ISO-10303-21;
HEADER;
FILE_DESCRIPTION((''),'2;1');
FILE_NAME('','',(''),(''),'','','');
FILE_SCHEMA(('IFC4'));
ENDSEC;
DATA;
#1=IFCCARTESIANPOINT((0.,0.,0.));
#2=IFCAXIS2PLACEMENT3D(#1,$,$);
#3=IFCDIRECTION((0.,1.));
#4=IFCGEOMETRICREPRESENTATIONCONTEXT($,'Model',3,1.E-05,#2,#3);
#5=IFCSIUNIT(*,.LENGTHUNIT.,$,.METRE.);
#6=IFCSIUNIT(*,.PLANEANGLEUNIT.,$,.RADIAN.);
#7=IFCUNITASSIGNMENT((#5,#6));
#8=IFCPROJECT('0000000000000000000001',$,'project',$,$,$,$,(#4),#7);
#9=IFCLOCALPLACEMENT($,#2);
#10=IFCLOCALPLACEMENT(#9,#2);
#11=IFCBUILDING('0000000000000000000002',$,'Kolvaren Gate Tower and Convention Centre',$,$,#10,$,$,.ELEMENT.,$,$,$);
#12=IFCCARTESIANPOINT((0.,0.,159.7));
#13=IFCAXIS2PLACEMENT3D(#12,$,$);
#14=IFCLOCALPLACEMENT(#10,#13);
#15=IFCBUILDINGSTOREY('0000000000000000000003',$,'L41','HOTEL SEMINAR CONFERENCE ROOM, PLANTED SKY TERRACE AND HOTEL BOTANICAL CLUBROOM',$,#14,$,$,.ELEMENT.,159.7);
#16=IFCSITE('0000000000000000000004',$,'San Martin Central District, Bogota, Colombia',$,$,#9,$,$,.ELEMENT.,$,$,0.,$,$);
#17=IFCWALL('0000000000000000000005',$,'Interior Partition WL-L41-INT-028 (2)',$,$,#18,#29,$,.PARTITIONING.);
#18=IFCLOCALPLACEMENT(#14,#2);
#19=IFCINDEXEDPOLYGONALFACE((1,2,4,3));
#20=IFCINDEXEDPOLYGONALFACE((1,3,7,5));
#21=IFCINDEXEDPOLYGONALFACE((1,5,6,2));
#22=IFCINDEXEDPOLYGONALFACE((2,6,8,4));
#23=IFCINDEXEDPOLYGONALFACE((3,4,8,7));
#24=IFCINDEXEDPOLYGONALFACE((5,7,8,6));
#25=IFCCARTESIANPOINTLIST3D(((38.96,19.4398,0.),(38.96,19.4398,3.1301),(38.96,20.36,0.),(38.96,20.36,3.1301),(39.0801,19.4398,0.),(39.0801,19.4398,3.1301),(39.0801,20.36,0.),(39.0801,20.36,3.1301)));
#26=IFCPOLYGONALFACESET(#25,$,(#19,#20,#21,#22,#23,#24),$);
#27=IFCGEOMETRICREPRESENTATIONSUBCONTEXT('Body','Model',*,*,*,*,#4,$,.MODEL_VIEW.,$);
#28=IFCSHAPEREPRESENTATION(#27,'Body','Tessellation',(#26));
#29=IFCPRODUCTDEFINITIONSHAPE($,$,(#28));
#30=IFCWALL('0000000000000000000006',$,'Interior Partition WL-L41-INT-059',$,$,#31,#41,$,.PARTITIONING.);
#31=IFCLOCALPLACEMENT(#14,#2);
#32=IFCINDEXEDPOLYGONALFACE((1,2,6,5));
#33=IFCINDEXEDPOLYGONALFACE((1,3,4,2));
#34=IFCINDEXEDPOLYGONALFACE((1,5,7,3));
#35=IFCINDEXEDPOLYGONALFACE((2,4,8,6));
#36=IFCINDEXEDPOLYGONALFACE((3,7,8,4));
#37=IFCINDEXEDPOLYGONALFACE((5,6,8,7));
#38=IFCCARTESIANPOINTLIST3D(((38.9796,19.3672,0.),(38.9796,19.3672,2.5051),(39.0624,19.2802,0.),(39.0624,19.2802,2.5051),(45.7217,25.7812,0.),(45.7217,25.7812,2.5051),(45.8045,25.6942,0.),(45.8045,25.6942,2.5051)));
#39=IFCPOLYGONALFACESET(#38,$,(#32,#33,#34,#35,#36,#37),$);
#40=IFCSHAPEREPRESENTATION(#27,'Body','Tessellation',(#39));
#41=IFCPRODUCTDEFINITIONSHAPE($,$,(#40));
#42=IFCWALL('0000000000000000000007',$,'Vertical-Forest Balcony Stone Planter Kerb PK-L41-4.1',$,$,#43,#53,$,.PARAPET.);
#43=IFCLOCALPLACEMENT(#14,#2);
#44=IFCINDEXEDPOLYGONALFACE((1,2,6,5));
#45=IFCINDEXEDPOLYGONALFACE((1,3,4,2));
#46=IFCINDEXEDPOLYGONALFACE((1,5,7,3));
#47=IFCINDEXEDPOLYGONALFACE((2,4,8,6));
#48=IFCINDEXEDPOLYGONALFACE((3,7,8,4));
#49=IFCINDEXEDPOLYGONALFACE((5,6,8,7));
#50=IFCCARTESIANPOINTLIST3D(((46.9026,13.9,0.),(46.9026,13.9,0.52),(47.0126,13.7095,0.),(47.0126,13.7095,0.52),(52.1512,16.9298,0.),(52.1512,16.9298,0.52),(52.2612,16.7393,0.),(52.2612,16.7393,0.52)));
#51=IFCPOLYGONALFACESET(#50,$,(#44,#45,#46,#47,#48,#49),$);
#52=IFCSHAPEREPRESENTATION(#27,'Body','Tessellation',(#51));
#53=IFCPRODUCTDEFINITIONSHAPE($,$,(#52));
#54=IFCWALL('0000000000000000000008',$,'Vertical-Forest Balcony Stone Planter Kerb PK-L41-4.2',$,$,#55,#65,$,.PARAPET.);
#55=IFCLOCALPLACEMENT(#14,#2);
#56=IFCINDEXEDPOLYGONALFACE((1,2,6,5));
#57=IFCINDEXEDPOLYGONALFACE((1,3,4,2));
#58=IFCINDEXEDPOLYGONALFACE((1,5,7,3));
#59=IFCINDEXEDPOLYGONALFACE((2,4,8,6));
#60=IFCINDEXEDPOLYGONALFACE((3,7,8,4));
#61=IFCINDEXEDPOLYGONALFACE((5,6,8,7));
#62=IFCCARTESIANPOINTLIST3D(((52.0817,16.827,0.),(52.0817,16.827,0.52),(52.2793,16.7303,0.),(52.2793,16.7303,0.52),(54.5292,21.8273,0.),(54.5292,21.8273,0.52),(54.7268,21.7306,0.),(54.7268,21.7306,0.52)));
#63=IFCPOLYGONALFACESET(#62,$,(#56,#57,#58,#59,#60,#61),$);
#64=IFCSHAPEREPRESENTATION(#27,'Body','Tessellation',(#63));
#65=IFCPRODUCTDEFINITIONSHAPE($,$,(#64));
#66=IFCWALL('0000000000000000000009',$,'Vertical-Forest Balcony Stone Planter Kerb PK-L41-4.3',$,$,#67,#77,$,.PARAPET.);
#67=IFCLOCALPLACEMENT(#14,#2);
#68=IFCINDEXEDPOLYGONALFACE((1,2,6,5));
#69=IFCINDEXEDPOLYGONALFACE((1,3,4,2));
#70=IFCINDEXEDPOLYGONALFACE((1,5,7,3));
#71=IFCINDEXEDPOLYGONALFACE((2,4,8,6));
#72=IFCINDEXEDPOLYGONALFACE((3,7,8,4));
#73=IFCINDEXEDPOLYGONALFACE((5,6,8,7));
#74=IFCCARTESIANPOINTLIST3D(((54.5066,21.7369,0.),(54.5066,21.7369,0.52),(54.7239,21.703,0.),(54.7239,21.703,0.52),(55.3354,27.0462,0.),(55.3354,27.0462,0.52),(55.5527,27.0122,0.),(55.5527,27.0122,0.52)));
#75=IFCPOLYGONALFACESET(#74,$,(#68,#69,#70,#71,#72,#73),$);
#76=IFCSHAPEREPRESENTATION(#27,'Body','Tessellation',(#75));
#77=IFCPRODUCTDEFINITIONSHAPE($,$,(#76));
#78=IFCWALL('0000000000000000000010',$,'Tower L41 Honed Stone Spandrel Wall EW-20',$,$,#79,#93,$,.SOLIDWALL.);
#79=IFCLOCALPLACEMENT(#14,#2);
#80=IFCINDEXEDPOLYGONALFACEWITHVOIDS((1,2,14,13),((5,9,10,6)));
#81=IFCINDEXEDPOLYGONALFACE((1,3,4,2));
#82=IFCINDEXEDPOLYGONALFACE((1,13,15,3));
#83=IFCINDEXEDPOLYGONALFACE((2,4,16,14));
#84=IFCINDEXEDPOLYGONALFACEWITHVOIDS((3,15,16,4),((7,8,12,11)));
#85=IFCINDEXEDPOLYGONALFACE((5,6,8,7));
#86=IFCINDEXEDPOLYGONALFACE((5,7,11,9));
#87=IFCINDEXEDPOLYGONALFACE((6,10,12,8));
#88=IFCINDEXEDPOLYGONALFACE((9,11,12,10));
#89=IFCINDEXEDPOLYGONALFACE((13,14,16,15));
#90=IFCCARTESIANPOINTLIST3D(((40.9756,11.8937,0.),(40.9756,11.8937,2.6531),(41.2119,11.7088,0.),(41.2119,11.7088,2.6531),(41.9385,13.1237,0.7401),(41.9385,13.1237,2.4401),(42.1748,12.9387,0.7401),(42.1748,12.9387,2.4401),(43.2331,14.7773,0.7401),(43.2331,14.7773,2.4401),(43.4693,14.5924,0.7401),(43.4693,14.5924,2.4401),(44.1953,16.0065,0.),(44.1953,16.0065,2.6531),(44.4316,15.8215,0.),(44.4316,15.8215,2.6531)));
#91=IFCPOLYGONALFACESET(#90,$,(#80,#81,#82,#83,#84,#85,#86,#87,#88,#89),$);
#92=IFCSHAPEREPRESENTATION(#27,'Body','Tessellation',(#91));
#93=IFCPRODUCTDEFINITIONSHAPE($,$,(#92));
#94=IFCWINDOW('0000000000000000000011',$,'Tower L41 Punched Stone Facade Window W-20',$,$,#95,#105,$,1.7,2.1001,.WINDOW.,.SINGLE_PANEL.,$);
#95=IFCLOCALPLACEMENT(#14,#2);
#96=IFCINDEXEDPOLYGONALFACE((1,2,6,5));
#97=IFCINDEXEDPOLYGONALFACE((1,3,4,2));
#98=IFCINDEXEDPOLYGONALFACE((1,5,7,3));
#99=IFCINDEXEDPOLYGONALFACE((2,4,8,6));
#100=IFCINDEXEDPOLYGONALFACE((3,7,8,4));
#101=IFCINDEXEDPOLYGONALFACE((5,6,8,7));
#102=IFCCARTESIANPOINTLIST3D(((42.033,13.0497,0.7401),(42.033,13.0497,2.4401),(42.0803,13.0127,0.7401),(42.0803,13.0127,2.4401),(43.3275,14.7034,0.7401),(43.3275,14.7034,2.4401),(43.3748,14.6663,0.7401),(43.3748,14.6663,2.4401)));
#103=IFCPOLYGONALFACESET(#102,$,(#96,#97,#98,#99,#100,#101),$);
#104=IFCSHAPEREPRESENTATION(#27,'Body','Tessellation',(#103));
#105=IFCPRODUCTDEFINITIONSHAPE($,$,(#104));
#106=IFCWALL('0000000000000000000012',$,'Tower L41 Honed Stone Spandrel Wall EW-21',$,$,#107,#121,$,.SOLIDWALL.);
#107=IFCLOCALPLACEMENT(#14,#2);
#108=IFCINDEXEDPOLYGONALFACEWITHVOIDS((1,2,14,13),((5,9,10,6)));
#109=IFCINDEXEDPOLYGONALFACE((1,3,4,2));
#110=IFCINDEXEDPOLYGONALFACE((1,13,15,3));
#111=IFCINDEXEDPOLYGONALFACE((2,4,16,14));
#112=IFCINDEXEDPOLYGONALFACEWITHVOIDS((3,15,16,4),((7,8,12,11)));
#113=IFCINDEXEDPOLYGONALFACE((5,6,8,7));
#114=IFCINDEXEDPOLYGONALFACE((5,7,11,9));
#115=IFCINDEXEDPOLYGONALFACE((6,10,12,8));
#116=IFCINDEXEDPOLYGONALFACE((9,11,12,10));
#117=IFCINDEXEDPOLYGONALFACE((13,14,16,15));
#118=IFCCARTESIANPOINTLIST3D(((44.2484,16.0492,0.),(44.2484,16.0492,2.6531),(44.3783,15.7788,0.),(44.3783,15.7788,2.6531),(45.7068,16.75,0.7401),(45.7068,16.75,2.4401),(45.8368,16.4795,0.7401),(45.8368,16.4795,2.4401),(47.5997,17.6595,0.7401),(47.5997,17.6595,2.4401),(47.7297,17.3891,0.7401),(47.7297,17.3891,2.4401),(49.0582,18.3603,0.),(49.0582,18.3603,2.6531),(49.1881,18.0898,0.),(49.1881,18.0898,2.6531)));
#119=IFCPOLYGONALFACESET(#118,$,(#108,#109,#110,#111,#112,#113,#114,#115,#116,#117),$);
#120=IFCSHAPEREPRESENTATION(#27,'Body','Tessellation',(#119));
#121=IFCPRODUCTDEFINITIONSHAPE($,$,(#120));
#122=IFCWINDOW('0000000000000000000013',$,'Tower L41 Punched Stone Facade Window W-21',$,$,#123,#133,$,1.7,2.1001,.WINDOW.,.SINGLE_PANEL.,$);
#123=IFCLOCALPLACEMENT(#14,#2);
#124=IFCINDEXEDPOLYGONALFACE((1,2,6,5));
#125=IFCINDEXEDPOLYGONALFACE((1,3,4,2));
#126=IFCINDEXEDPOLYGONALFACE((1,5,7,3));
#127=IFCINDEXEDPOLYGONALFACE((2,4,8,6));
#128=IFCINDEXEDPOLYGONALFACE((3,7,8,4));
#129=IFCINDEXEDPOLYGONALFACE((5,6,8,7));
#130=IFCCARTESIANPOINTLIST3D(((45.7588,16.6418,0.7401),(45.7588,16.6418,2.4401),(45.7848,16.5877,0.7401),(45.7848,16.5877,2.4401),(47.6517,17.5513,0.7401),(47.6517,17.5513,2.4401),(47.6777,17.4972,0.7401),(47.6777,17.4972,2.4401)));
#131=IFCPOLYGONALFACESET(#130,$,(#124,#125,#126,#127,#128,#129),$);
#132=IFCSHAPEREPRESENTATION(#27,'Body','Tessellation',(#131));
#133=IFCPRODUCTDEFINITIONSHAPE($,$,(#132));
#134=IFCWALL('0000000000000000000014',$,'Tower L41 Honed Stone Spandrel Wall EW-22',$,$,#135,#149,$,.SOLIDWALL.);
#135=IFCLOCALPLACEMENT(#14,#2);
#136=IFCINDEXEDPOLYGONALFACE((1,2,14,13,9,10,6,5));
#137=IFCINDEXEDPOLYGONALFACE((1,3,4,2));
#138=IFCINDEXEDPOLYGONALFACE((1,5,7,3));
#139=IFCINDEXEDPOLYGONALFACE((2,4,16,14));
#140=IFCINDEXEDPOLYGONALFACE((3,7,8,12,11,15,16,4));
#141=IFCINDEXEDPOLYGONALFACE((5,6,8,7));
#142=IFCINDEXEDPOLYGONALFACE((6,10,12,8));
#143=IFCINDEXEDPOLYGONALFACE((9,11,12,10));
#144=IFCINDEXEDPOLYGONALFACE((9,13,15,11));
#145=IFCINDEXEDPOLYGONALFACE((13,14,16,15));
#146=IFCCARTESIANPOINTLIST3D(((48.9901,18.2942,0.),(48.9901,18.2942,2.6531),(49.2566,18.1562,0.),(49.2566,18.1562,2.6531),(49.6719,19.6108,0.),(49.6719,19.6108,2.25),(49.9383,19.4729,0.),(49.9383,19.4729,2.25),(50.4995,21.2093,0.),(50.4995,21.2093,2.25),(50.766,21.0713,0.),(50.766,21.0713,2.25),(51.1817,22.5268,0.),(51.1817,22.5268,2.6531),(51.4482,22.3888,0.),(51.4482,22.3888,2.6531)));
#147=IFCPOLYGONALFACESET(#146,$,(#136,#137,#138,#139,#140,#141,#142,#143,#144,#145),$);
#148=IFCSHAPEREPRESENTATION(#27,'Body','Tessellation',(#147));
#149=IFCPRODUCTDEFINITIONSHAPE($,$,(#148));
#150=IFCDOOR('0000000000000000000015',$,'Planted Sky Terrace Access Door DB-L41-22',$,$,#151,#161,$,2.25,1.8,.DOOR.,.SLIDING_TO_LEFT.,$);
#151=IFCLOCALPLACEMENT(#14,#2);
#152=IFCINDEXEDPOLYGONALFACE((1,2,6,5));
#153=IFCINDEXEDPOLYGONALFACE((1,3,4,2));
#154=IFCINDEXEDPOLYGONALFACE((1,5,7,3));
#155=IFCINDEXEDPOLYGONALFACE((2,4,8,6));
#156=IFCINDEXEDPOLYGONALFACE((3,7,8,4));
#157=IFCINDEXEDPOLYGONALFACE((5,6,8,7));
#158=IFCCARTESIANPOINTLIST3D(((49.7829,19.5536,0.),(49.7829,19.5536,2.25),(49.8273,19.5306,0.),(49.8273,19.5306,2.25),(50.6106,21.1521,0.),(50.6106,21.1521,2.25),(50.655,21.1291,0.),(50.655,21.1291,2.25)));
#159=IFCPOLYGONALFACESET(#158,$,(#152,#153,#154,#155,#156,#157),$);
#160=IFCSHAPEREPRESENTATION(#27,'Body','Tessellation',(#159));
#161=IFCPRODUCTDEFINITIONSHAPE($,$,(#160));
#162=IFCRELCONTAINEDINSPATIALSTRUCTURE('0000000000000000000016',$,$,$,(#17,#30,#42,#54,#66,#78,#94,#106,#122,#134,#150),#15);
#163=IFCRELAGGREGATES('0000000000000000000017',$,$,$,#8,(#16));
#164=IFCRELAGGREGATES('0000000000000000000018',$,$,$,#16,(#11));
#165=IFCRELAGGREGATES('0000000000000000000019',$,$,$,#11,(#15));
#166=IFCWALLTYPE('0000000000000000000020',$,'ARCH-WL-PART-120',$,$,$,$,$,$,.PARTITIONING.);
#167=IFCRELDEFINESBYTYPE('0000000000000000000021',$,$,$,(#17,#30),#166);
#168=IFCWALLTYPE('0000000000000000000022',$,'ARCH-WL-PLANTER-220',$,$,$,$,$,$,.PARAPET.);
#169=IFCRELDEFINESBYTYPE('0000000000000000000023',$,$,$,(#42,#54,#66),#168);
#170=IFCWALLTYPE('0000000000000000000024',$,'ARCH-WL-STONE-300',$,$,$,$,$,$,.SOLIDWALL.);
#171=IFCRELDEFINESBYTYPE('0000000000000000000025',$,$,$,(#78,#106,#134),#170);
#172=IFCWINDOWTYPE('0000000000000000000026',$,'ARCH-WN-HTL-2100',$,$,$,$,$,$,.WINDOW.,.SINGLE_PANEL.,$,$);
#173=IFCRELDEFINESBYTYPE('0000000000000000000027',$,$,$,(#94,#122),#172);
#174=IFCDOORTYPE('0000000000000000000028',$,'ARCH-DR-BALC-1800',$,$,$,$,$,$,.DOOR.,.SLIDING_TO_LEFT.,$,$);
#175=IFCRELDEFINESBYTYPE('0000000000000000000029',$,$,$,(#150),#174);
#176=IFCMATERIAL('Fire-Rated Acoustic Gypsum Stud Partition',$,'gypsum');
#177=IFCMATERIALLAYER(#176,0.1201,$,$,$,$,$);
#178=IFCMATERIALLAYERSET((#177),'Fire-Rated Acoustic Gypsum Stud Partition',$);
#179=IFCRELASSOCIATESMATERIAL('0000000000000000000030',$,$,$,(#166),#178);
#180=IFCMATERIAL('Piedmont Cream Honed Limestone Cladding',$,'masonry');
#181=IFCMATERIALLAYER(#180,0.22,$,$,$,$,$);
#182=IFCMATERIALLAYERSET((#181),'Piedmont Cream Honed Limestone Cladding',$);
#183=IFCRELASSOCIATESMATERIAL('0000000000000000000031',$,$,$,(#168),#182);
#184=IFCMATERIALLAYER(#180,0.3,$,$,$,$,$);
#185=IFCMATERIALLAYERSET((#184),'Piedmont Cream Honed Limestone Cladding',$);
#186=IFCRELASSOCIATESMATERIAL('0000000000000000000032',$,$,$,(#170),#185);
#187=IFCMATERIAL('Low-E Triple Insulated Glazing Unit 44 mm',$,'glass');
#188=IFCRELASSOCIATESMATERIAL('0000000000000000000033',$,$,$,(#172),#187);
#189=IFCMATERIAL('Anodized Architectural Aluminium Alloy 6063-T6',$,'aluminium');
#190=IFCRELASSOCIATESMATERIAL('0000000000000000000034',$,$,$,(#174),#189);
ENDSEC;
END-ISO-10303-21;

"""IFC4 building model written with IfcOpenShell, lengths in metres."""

from ifc_helpers import new_model, si_unit, direction, frame, frame_2d, origin, place, context, subcontext, project, spatial, rectangle, extrude, material, layer, layer_set, type_object, element, fill, save


model = new_model("IFC4")

# Units and contexts
model_context = context("Model", 3, precision=1e-05, world=origin(), true_north=direction((0.0, 1.0)))
body_context = subcontext(model_context, "Body", "Model", "MODEL_VIEW")
ifc_project = project(units=[si_unit("LENGTHUNIT", "METRE"), si_unit("PLANEANGLEUNIT", "RADIAN")], contexts=[model_context])

# Site, building, storey
site_placement = place(None, origin())
site = spatial("IfcSite", under=ifc_project, at=site_placement, Name="San Martin Central District, Bogota, Colombia", CompositionType="ELEMENT", RefElevation=0.0)
building_placement = place(site_placement, origin())
building = spatial("IfcBuilding", under=site, at=building_placement, Name="Kolvaren Gate Tower and Convention Centre", CompositionType="ELEMENT")
storey_placement = place(building_placement, frame((0.0, 0.0, 159.7)))
storey = spatial("IfcBuildingStorey", under=building, at=storey_placement, Name="L41", Description="HOTEL SEMINAR CONFERENCE ROOM, PLANTED SKY TERRACE AND HOTEL BOTANICAL CLUBROOM", CompositionType="ELEMENT", Elevation=159.7)

# Walls
ifc_material_1 = material(Name="Fire-Rated Acoustic Gypsum Stud Partition", Category="gypsum")
ifc_layer_1 = layer(ifc_material_1, 0.1201)
ifc_layer_set_1 = layer_set([ifc_layer_1], Name="Fire-Rated Acoustic Gypsum Stud Partition")
wall_type_1 = type_object("IfcWallType", Name="ARCH-WL-PART-120", PredefinedType="PARTITIONING", material=ifc_layer_set_1)
wall_1_placement = place(storey_placement, frame((39.02, 19.4399, 0.0), z_axis=(0.0, 0.0, 1.0), x_axis=(0.0, 1.0, 0.0)))
element("IfcWall", 1, at=wall_1_placement, inside=storey, type_object=wall_type_1, Name="Interior Partition WL-L41-INT-028 (2)", PredefinedType="PARTITIONING", context=body_context, shape_type="SweptSolid", body=[
    extrude(rectangle(XDim=0.9202, YDim=0.1201, at=frame_2d((0.46, 0.0))), origin(), (0.0, 0.0, 1.0), 3.1301),
])
wall_2_placement = place(storey_placement, frame((39.021, 19.3237, 0.0), z_axis=(0.0, 0.0, 1.0), x_axis=(0.724517, 0.689257, 0.0)))
element("IfcWall", 2, at=wall_2_placement, inside=storey, type_object=wall_type_1, Name="Interior Partition WL-L41-INT-059", PredefinedType="PARTITIONING", context=body_context, shape_type="SweptSolid", body=[
    extrude(rectangle(XDim=9.3057, YDim=0.1201, at=frame_2d((4.6528, 0.0))), origin(), (0.0, 0.0, 1.0), 2.5051),
])
ifc_material_2 = material(Name="Piedmont Cream Honed Limestone Cladding", Category="masonry")
ifc_layer_2 = layer(ifc_material_2, 0.22)
ifc_layer_set_2 = layer_set([ifc_layer_2], Name="Piedmont Cream Honed Limestone Cladding")
wall_type_2 = type_object("IfcWallType", Name="ARCH-WL-PLANTER-220", PredefinedType="PARAPET", material=ifc_layer_set_2)
wall_3_placement = place(storey_placement, frame((46.9575, 13.8047, 0.0), z_axis=(0.0, 0.0, 1.0), x_axis=(0.866058, 0.499943, 0.0)))
element("IfcWall", 3, at=wall_3_placement, inside=storey, type_object=wall_type_2, Name="Vertical-Forest Balcony Stone Planter Kerb PK-L41-4.1", PredefinedType="PARAPET", context=body_context, shape_type="SweptSolid", body=[
    extrude(rectangle(XDim=6.0603, YDim=0.22, at=frame_2d((3.0303, 0.0))), origin(), (0.0, 0.0, 1.0), 0.52),
])
wall_4_placement = place(storey_placement, frame((52.1804, 16.7786, 0.0), z_axis=(0.0, 0.0, 1.0), x_axis=(0.439637, 0.898175, 0.0)))
element("IfcWall", 4, at=wall_4_placement, inside=storey, type_object=wall_type_2, Name="Vertical-Forest Balcony Stone Planter Kerb PK-L41-4.2", PredefinedType="PARAPET", context=body_context, shape_type="SweptSolid", body=[
    extrude(rectangle(XDim=5.5671, YDim=0.22, at=frame_2d((2.7837, 0.0))), origin(), (0.0, 0.0, 1.0), 0.52),
])
wall_5_placement = place(storey_placement, frame((54.6152, 21.72, 0.0), z_axis=(0.0, 0.0, 1.0), x_axis=(0.154245, 0.988033, 0.0)))
element("IfcWall", 5, at=wall_5_placement, inside=storey, type_object=wall_type_2, Name="Vertical-Forest Balcony Stone Planter Kerb PK-L41-4.3", PredefinedType="PARAPET", context=body_context, shape_type="SweptSolid", body=[
    extrude(rectangle(XDim=5.3735, YDim=0.22, at=frame_2d((2.6868, 0.0))), origin(), (0.0, 0.0, 1.0), 0.52),
])

# Walls, openings, windows
ifc_layer_3 = layer(ifc_material_2, 0.3)
ifc_layer_set_3 = layer_set([ifc_layer_3], Name="Piedmont Cream Honed Limestone Cladding")
wall_type_3 = type_object("IfcWallType", Name="ARCH-WL-STONE-300", PredefinedType="SOLIDWALL", material=ifc_layer_set_3)
wall_6_placement = place(storey_placement, frame((41.0938, 11.8013, 0.0), z_axis=(0.0, 0.0, 1.0), x_axis=(0.616429, 0.78741, 0.0)))
wall_6 = element("IfcWall", 6, at=wall_6_placement, inside=storey, type_object=wall_type_3, Name="Tower L41 Honed Stone Spandrel Wall EW-20", PredefinedType="SOLIDWALL", context=body_context, shape_type="SweptSolid", body=[
    extrude(rectangle(XDim=5.2231, YDim=0.3, at=frame_2d((2.6116, 0.0))), origin(), (0.0, 0.0, 1.0), 2.6531),
])
opening_1_placement = place(wall_6_placement, frame((1.562, 0.0, 0.74)))
opening_1 = element("IfcOpeningElement", 7, at=opening_1_placement, cuts=wall_6, PredefinedType="OPENING", context=body_context, shape_type="SweptSolid", body=[
    extrude(rectangle(XDim=2.1001, YDim=1.7, at=frame_2d((1.05, 0.8501))), frame((0.0, 0.1599, 0.0), z_axis=(0.0, -1.0, 0.0), x_axis=(1.0, 0.0, 0.0)), (0.0, 0.0, 1.0), 0.3201),
])
ifc_material_3 = material(Name="Low-E Triple Insulated Glazing Unit 44 mm", Category="glass")
window_type = type_object("IfcWindowType", Name="ARCH-WN-HTL-2100", PartitioningType="SINGLE_PANEL", PredefinedType="WINDOW", material=ifc_material_3)
window_1_placement = place(opening_1_placement, origin())
window_1 = element("IfcWindow", 8, at=window_1_placement, inside=storey, type_object=window_type, Name="Tower L41 Punched Stone Facade Window W-20", OverallHeight=1.7, OverallWidth=2.1001, PartitioningType="SINGLE_PANEL", PredefinedType="WINDOW", context=body_context, shape_type="SweptSolid", body=[
    extrude(rectangle(XDim=2.1001, YDim=1.7, at=frame_2d((1.05, 0.8501))), frame((0.0, 0.03, 0.0), z_axis=(0.0, -1.0, 0.0), x_axis=(1.0, 0.0, 0.0)), (0.0, 0.0, 1.0), 0.0601),
])
fill(opening_1, window_1)
wall_7_placement = place(storey_placement, frame((44.3135, 15.9141, 0.0), z_axis=(0.0, 0.0, 1.0), x_axis=(0.901353, 0.433085, 0.0)))
wall_7 = element("IfcWall", 9, at=wall_7_placement, inside=storey, type_object=wall_type_3, Name="Tower L41 Honed Stone Spandrel Wall EW-21", PredefinedType="SOLIDWALL", context=body_context, shape_type="SweptSolid", body=[
    extrude(rectangle(XDim=5.3362, YDim=0.3, at=frame_2d((2.668, 0.0))), origin(), (0.0, 0.0, 1.0), 2.6531),
])
opening_2_placement = place(wall_7_placement, frame((1.6179, 0.0, 0.74)))
opening_2 = element("IfcOpeningElement", 10, at=opening_2_placement, cuts=wall_7, PredefinedType="OPENING", context=body_context, shape_type="SweptSolid", body=[
    extrude(rectangle(XDim=2.1001, YDim=1.7, at=frame_2d((1.05, 0.8501))), frame((0.0, 0.1599, 0.0), z_axis=(0.0, -1.0, 0.0), x_axis=(1.0, 0.0, 0.0)), (0.0, 0.0, 1.0), 0.3201),
])
window_2_placement = place(opening_2_placement, origin())
window_2 = element("IfcWindow", 11, at=window_2_placement, inside=storey, type_object=window_type, Name="Tower L41 Punched Stone Facade Window W-21", OverallHeight=1.7, OverallWidth=2.1001, PartitioningType="SINGLE_PANEL", PredefinedType="WINDOW", context=body_context, shape_type="SweptSolid", body=[
    extrude(rectangle(XDim=2.1001, YDim=1.7, at=frame_2d((1.05, 0.8501))), frame((0.0, 0.03, 0.0), z_axis=(0.0, -1.0, 0.0), x_axis=(1.0, 0.0, 0.0)), (0.0, 0.0, 1.0), 0.0601),
])
fill(opening_2, window_2)

# Wall, opening, door
wall_8_placement = place(storey_placement, frame((49.1233, 18.2251, 0.0), z_axis=(0.0, 0.0, 1.0), x_axis=(0.45981, 0.888017, 0.0)))
wall_8 = element("IfcWall", 12, at=wall_8_placement, inside=storey, type_object=wall_type_3, Name="Tower L41 Honed Stone Spandrel Wall EW-22", PredefinedType="SOLIDWALL", context=body_context, shape_type="SweptSolid", body=[
    extrude(rectangle(XDim=4.7664, YDim=0.3, at=frame_2d((2.3833, 0.0))), origin(), (0.0, 0.0, 1.0), 2.6531),
])
opening_3_placement = place(wall_8_placement, frame((1.4829, 0.0, 0.0)))
opening_3 = element("IfcOpeningElement", 13, at=opening_3_placement, cuts=wall_8, PredefinedType="OPENING", context=body_context, shape_type="SweptSolid", body=[
    extrude(rectangle(XDim=1.8, YDim=2.25, at=frame_2d((0.8999, 1.125))), frame((0.0, 0.1599, 0.0), z_axis=(0.0, -1.0, 0.0), x_axis=(1.0, 0.0, 0.0)), (0.0, 0.0, 1.0), 0.3201),
])
ifc_material_4 = material(Name="Anodized Architectural Aluminium Alloy 6063-T6", Category="aluminium")
door_type = type_object("IfcDoorType", Name="ARCH-DR-BALC-1800", OperationType="SLIDING_TO_LEFT", PredefinedType="DOOR", material=ifc_material_4)
door_placement = place(opening_3_placement, frame((1.8, 0.0, 0.0), z_axis=(0.0, 0.0, 1.0), x_axis=(-1.0, 0.0, 0.0)))
door = element("IfcDoor", 14, at=door_placement, inside=storey, type_object=door_type, Name="Planted Sky Terrace Access Door DB-L41-22", OperationType="SLIDING_TO_LEFT", OverallHeight=2.25, OverallWidth=1.8, PredefinedType="DOOR", context=body_context, shape_type="SweptSolid", body=[
    extrude(rectangle(XDim=1.8, YDim=2.25, at=frame_2d((0.8999, 1.125))), frame((0.0, 0.0249, 0.0), z_axis=(0.0, -1.0, 0.0), x_axis=(1.0, 0.0, 0.0)), (0.0, 0.0, 1.0), 0.05),
])
fill(opening_3, door)

save(model, "model.ifc")
